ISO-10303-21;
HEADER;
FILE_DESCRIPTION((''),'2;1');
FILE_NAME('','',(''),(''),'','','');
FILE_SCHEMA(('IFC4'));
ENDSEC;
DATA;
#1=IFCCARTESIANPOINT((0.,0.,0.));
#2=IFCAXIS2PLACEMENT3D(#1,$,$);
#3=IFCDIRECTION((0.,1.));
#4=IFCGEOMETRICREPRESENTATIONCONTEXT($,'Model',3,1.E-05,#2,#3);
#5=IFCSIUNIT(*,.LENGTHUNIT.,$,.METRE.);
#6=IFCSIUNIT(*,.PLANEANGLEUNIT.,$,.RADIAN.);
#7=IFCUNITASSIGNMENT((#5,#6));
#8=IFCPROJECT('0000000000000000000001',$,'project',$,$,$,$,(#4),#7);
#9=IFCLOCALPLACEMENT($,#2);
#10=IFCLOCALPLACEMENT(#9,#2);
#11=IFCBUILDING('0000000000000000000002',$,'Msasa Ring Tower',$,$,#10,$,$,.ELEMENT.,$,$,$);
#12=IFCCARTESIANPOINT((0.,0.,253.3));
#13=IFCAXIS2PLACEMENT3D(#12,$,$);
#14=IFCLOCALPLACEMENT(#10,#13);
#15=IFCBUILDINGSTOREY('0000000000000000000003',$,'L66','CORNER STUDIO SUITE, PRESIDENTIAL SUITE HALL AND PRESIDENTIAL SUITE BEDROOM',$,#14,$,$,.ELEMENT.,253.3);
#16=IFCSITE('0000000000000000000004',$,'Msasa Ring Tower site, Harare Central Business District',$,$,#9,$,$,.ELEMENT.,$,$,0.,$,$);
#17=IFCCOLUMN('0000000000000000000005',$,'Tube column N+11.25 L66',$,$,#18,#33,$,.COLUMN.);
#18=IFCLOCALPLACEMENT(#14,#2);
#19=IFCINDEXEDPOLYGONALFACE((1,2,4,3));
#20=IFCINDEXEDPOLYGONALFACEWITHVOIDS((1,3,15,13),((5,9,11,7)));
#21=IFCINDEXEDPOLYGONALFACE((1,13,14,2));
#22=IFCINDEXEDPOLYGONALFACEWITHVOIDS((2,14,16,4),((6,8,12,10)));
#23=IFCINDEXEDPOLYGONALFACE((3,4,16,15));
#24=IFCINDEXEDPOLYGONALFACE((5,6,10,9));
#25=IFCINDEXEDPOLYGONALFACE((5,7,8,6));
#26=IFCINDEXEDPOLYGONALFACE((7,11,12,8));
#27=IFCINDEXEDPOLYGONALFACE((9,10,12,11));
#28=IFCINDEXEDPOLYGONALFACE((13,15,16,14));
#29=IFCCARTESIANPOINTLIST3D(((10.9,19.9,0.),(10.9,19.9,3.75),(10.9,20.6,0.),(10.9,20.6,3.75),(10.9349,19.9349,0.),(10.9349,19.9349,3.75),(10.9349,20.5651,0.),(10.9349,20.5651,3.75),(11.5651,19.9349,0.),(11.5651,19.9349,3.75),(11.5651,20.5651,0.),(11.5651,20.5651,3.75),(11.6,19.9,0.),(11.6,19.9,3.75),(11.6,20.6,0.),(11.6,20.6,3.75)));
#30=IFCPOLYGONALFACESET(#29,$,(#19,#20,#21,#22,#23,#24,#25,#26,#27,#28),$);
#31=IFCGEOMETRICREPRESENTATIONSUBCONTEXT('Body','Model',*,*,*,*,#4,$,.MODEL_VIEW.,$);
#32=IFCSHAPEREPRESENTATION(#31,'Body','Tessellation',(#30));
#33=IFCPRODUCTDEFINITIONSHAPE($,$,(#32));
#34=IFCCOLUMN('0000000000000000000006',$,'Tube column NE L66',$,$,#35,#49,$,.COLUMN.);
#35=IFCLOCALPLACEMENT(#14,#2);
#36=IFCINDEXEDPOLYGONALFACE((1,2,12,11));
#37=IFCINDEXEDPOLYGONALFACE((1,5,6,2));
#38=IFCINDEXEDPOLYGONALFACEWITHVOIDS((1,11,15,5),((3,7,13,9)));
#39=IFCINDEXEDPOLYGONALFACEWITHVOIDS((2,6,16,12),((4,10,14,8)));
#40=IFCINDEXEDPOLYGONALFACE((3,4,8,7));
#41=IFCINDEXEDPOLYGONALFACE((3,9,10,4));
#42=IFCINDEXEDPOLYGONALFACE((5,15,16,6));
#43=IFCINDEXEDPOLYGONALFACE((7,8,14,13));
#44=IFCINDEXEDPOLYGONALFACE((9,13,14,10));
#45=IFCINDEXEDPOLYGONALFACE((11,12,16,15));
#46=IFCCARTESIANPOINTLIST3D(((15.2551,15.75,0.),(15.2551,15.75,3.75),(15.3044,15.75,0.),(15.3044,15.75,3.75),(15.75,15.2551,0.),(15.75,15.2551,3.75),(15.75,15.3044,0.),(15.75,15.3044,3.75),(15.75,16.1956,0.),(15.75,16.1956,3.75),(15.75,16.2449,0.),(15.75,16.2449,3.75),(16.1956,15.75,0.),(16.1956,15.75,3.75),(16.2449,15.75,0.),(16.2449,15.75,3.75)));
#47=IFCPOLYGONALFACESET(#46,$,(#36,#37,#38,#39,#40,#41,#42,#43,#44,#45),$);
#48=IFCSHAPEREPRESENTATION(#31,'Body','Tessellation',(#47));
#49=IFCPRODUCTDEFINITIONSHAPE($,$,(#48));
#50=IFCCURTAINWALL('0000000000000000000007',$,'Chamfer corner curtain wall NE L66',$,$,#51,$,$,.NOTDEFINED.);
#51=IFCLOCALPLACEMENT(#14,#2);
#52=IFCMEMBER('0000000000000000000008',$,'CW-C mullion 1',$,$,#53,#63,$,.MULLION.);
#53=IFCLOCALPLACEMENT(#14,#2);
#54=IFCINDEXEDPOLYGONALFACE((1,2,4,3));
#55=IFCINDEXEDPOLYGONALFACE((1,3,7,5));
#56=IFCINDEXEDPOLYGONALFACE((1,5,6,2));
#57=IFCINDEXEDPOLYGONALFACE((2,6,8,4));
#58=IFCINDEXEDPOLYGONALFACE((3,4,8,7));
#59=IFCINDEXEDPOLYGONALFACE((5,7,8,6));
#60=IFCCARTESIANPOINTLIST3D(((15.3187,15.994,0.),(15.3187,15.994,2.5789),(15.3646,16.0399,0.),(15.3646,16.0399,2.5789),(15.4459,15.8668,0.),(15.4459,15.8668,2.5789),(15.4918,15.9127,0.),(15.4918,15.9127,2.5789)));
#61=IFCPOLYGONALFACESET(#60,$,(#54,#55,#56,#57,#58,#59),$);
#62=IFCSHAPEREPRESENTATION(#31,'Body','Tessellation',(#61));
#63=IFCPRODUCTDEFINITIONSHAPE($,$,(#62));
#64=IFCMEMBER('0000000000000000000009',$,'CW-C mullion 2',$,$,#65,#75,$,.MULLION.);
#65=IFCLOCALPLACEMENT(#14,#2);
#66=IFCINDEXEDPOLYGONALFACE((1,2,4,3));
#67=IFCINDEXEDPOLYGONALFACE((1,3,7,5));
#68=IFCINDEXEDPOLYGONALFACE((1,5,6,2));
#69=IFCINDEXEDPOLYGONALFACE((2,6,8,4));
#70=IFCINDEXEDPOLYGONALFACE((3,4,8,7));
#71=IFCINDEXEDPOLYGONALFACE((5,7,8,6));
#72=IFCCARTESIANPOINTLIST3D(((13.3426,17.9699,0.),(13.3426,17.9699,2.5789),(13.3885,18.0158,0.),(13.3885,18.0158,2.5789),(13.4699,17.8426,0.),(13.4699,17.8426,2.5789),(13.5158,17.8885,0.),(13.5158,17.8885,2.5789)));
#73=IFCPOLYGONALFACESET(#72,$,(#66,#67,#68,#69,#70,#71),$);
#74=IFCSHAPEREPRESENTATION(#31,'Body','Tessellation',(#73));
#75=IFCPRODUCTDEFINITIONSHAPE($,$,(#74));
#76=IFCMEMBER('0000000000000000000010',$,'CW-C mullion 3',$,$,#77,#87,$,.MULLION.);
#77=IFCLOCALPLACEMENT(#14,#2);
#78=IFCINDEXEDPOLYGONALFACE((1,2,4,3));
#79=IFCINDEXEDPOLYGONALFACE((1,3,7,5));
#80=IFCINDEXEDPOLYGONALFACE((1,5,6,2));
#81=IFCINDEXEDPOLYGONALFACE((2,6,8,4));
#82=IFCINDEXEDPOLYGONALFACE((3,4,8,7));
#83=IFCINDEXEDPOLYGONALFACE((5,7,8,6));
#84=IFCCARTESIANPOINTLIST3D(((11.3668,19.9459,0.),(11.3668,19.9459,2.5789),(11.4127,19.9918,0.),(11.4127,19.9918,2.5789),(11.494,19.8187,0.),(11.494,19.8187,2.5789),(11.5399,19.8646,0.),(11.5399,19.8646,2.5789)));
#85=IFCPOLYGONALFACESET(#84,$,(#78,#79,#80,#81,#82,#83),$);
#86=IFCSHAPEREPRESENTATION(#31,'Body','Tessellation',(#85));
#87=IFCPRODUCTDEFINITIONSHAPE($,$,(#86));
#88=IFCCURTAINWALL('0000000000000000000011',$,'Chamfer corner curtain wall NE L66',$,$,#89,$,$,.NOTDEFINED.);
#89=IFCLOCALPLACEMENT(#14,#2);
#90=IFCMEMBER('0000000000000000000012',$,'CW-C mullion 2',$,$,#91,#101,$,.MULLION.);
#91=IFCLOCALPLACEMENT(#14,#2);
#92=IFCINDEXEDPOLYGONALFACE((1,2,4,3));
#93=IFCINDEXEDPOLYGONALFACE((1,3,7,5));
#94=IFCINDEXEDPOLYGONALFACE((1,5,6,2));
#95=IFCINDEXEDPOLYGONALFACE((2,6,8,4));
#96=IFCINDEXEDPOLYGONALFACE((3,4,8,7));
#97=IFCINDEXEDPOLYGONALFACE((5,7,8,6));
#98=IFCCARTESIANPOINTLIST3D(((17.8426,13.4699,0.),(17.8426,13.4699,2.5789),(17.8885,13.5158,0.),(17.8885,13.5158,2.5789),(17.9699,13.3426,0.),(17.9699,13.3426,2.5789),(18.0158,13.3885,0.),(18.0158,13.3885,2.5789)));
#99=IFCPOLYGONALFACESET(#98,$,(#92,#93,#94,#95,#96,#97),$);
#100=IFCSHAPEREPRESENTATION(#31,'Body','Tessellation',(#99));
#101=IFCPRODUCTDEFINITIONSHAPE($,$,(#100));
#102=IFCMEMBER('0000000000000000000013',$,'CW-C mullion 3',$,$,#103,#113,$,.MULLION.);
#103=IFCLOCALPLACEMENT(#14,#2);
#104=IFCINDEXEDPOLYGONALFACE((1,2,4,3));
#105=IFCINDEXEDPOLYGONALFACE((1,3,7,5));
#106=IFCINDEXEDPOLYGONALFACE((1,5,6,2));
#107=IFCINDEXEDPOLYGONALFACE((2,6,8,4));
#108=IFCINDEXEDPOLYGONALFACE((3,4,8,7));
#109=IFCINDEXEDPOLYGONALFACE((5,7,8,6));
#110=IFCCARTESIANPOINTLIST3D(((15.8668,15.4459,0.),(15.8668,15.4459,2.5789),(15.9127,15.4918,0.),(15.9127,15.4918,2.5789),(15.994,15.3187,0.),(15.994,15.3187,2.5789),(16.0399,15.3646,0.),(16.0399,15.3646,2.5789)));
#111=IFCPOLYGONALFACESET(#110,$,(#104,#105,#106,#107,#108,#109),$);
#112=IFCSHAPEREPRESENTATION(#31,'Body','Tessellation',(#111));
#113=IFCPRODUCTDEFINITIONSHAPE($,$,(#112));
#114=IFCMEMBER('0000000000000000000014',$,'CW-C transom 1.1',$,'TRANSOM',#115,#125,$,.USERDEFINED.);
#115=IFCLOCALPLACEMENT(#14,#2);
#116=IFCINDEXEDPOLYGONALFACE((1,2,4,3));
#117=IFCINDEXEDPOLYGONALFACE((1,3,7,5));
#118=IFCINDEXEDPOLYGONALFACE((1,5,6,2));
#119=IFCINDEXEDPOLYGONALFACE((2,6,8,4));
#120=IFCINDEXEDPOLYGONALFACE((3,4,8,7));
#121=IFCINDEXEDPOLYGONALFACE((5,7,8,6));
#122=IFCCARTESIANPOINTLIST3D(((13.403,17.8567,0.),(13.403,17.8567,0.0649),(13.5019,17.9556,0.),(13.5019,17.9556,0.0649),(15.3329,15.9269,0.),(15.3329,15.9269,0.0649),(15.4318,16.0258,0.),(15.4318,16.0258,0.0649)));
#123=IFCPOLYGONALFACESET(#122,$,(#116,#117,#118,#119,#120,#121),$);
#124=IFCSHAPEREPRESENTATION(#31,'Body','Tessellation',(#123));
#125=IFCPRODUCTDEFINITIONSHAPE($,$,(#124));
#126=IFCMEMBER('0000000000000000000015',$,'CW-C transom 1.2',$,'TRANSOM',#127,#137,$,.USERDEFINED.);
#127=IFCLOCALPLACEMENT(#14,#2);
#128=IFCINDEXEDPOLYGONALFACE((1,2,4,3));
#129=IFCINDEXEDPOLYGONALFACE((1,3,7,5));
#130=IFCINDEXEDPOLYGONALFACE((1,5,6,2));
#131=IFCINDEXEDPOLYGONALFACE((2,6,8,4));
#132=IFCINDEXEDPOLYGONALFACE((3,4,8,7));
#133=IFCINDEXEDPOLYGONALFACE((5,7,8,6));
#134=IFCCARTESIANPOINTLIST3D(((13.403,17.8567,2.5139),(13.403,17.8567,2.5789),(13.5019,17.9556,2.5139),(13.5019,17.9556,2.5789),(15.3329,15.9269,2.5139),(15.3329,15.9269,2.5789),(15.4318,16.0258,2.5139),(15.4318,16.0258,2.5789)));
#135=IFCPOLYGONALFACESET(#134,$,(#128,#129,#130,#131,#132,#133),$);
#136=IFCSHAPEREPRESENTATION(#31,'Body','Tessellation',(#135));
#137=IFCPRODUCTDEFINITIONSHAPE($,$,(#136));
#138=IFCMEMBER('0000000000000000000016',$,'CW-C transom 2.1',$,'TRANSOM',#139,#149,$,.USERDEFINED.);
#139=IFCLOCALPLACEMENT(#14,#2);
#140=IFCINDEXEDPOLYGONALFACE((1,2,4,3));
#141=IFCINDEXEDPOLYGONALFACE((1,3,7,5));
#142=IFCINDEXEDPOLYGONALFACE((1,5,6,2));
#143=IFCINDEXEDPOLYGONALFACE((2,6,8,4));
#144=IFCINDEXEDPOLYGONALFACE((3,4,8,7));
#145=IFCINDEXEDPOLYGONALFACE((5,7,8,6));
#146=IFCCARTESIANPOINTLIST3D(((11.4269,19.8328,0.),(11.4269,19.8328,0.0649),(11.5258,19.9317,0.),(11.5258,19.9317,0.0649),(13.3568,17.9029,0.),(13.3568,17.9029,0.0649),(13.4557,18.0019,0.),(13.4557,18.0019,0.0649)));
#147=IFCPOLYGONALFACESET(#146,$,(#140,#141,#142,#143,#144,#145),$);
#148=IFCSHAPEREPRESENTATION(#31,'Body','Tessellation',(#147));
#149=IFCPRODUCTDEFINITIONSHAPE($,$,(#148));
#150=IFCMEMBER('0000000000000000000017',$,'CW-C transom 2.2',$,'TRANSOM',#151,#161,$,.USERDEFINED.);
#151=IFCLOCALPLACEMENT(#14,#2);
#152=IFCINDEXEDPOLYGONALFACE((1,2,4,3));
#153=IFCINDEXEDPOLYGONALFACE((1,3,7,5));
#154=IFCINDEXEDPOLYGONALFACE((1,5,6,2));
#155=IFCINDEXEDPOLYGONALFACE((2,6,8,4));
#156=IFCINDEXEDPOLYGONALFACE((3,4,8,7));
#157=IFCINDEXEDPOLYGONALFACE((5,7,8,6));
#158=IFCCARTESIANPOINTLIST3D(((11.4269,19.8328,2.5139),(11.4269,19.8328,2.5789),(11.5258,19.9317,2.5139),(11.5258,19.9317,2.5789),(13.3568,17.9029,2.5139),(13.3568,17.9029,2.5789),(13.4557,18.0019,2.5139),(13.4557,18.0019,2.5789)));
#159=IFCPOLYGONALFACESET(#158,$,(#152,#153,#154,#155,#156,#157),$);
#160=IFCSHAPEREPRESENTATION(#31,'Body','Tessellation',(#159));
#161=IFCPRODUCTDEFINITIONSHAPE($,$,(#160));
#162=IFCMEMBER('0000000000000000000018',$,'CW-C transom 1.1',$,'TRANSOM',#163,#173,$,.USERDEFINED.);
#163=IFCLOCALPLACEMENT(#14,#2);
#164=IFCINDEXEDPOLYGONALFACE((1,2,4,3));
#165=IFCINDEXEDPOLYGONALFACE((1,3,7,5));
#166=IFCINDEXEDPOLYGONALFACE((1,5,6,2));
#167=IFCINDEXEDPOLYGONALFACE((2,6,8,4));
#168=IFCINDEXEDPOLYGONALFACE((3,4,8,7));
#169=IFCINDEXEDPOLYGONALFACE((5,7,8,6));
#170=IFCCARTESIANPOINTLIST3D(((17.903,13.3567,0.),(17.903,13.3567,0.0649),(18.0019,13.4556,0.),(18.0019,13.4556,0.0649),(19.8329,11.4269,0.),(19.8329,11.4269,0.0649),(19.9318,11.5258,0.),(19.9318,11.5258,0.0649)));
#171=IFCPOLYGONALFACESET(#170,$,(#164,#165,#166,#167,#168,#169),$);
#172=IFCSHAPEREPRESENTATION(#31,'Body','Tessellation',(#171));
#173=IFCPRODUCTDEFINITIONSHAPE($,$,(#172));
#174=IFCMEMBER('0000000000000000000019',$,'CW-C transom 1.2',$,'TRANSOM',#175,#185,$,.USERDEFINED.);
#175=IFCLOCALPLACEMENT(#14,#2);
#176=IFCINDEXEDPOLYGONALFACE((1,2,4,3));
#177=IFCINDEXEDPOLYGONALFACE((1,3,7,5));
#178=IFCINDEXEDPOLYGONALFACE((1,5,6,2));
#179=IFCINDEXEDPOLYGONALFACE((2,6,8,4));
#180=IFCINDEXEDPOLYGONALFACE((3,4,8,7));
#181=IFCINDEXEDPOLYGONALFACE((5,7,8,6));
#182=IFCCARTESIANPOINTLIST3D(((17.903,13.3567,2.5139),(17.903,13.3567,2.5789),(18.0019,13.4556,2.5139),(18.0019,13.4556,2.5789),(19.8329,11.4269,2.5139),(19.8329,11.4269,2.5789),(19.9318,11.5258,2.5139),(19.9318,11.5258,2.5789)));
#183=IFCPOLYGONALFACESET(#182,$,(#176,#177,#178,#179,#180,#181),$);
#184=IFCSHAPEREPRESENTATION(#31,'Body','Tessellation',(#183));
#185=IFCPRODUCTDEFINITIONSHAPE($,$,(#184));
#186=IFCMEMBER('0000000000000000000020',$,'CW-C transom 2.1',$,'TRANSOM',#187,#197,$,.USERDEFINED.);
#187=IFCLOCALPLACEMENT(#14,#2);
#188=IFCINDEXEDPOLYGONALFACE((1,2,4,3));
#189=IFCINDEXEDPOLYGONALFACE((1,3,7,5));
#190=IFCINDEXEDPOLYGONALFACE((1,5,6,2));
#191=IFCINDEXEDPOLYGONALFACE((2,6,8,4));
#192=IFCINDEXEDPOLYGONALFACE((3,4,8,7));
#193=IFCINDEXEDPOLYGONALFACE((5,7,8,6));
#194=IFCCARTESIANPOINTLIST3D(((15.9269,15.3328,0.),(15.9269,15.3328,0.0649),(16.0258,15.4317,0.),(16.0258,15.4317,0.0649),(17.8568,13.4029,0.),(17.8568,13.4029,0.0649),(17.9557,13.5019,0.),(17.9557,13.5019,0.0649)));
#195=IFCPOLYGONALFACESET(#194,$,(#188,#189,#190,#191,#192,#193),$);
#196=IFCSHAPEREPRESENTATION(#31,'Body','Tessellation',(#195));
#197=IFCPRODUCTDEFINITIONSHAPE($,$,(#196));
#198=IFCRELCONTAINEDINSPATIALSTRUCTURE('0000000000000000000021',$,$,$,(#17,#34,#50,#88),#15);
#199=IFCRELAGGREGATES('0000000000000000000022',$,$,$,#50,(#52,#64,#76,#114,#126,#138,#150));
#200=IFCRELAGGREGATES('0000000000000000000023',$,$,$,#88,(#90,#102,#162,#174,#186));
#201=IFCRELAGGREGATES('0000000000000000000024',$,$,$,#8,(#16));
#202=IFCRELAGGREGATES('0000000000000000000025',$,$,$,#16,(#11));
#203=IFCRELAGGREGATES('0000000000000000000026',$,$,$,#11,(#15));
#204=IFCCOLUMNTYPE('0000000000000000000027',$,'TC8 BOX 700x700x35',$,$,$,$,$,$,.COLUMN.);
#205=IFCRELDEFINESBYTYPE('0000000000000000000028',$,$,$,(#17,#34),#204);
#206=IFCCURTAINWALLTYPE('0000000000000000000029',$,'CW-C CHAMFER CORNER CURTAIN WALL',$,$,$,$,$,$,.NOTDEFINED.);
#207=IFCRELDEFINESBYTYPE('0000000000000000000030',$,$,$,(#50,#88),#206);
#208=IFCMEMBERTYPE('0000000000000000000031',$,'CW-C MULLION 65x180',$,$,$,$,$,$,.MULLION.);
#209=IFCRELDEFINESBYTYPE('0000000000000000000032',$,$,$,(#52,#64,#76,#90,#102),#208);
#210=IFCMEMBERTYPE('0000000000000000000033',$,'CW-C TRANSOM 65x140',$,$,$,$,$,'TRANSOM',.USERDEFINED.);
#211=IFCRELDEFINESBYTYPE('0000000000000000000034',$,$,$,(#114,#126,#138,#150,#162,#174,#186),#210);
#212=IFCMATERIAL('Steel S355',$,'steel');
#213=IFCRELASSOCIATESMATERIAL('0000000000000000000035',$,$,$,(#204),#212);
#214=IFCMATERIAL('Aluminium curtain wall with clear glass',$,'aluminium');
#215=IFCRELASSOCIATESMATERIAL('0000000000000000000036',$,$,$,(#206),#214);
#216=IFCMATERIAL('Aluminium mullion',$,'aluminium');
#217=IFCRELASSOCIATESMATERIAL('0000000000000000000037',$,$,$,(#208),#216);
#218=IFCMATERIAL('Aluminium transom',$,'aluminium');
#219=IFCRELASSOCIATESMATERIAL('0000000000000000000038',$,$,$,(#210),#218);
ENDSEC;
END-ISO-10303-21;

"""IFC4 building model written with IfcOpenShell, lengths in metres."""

from ifc_helpers import new_model, si_unit, direction, frame, origin, origin_2d, place, context, subcontext, project, spatial, rectangle, hollow_rectangle, extrude, material, material_profile, profile_set, type_object, element, aggregate, save


model = new_model("IFC4")

# Units and contexts
model_context = context("Model", 3, precision=1e-05, world=origin(), true_north=direction((0.0, 1.0)))
body_context = subcontext(model_context, "Body", "Model", "MODEL_VIEW")
ifc_project = project(units=[si_unit("LENGTHUNIT", "METRE"), si_unit("PLANEANGLEUNIT", "RADIAN")], contexts=[model_context])

# Site, building, storey
site_placement = place(None, origin())
site = spatial("IfcSite", under=ifc_project, at=site_placement, Name="Msasa Ring Tower site, Harare Central Business District", CompositionType="ELEMENT", RefElevation=0.0)
building_placement = place(site_placement, origin())
building = spatial("IfcBuilding", under=site, at=building_placement, Name="Msasa Ring Tower", CompositionType="ELEMENT")
storey_placement = place(building_placement, frame((0.0, 0.0, 253.3)))
storey = spatial("IfcBuildingStorey", under=building, at=storey_placement, Name="L66", Description="CORNER STUDIO SUITE, PRESIDENTIAL SUITE HALL AND PRESIDENTIAL SUITE BEDROOM", CompositionType="ELEMENT", Elevation=253.3)

# Columns
ifc_material_1 = material(Name="Steel S355", Category="steel")
ifc_material_profile_1 = material_profile(ifc_material_1, hollow_rectangle(XDim=0.7, YDim=0.7, WallThickness=0.0349, at=origin_2d()), Name="BOX 700x700x35")
ifc_profile_set_1 = profile_set([ifc_material_profile_1], Name="Steel S355")
column_type = type_object("IfcColumnType", Name="TC8 BOX 700x700x35", PredefinedType="COLUMN", material=ifc_profile_set_1)
for number, where, z_axis, x_axis, name in (
    (1, (11.25, 20.25, 0.0), (0.0, 0.0, 1.0), (0.0, 1.0, 0.0), "Tube column N+11.25 L66"),
    (2, (15.75, 15.75, 0.0), (0.0, 0.0, 1.0), (0.707107, 0.707107, 0.0), "Tube column NE L66"),
):
    element("IfcColumn", number, at=place(storey_placement, frame(where, z_axis=z_axis, x_axis=x_axis)), inside=storey, type_object=column_type, Name=name, PredefinedType="COLUMN", context=body_context, shape_type="SweptSolid", body=[
        extrude(hollow_rectangle(XDim=0.7, YDim=0.7, WallThickness=0.0349, at=origin_2d()), origin(), (0.0, 0.0, 1.0), 3.75),
    ])

# Curtain walls, members
ifc_material_2 = material(Name="Aluminium curtain wall with clear glass", Category="aluminium")
curtain_wall_type = type_object("IfcCurtainWallType", Name="CW-C CHAMFER CORNER CURTAIN WALL", PredefinedType="NOTDEFINED", material=ifc_material_2)
curtain_wall_1_placement = place(storey_placement, origin())
curtain_wall_1 = element("IfcCurtainWall", 3, at=curtain_wall_1_placement, inside=storey, type_object=curtain_wall_type, Name="Chamfer corner curtain wall NE L66", PredefinedType="NOTDEFINED")
ifc_material_3 = material(Name="Aluminium mullion", Category="aluminium")
ifc_material_profile_2 = material_profile(ifc_material_3, rectangle(XDim=0.0649, YDim=0.1799, at=origin_2d()), Name="AL 65x180")
ifc_profile_set_2 = profile_set([ifc_material_profile_2], Name="Aluminium mullion")
member_type_1 = type_object("IfcMemberType", Name="CW-C MULLION 65x180", PredefinedType="MULLION", material=ifc_profile_set_2)
member_1_placement = place(storey_placement, frame((15.4053, 15.9534, 0.0), z_axis=(0.0, 0.0, 1.0), x_axis=(-0.707107, -0.707107, 0.0)))
member_1 = element("IfcMember", 4, at=member_1_placement, type_object=member_type_1, Name="CW-C mullion 1", PredefinedType="MULLION", context=body_context, shape_type="SweptSolid", body=[
    extrude(rectangle(XDim=0.0649, YDim=0.1799, at=origin_2d()), origin(), (0.0, 0.0, 1.0), 2.5789),
])
member_2_placement = place(storey_placement, frame((13.4292, 17.9292, 0.0), z_axis=(0.0, 0.0, 1.0), x_axis=(-0.707107, -0.707107, 0.0)))
member_2 = element("IfcMember", 5, at=member_2_placement, type_object=member_type_1, Name="CW-C mullion 2", PredefinedType="MULLION", context=body_context, shape_type="SweptSolid", body=[
    extrude(rectangle(XDim=0.0649, YDim=0.1799, at=origin_2d()), origin(), (0.0, 0.0, 1.0), 2.5789),
])
member_3_placement = place(storey_placement, frame((11.4534, 19.9053, 0.0), z_axis=(0.0, 0.0, 1.0), x_axis=(-0.707107, -0.707107, 0.0)))
member_3 = element("IfcMember", 6, at=member_3_placement, type_object=member_type_1, Name="CW-C mullion 3", PredefinedType="MULLION", context=body_context, shape_type="SweptSolid", body=[
    extrude(rectangle(XDim=0.0649, YDim=0.1799, at=origin_2d()), origin(), (0.0, 0.0, 1.0), 2.5789),
])
curtain_wall_2_placement = place(storey_placement, origin())
curtain_wall_2 = element("IfcCurtainWall", 7, at=curtain_wall_2_placement, inside=storey, type_object=curtain_wall_type, Name="Chamfer corner curtain wall NE L66", PredefinedType="NOTDEFINED")
member_4_placement = place(storey_placement, frame((17.9292, 13.4292, 0.0), z_axis=(0.0, 0.0, 1.0), x_axis=(-0.707107, -0.707107, 0.0)))
member_4 = element("IfcMember", 8, at=member_4_placement, type_object=member_type_1, Name="CW-C mullion 2", PredefinedType="MULLION", context=body_context, shape_type="SweptSolid", body=[
    extrude(rectangle(XDim=0.0649, YDim=0.1799, at=origin_2d()), origin(), (0.0, 0.0, 1.0), 2.5789),
])
member_5_placement = place(storey_placement, frame((15.9534, 15.4053, 0.0), z_axis=(0.0, 0.0, 1.0), x_axis=(-0.707107, -0.707107, 0.0)))
member_5 = element("IfcMember", 9, at=member_5_placement, type_object=member_type_1, Name="CW-C mullion 3", PredefinedType="MULLION", context=body_context, shape_type="SweptSolid", body=[
    extrude(rectangle(XDim=0.0649, YDim=0.1799, at=origin_2d()), origin(), (0.0, 0.0, 1.0), 2.5789),
])

# Members
ifc_material_4 = material(Name="Aluminium transom", Category="aluminium")
ifc_material_profile_3 = material_profile(ifc_material_4, rectangle(XDim=0.1399, YDim=0.0649, at=origin_2d()), Name="AL 65x140")
ifc_profile_set_3 = profile_set([ifc_material_profile_3], Name="Aluminium transom")
member_type_2 = type_object("IfcMemberType", Name="CW-C TRANSOM 65x140", ElementType="TRANSOM", PredefinedType="USERDEFINED", material=ifc_profile_set_3)
member_6_placement = place(storey_placement, frame((15.3823, 15.9763, 0.0325), z_axis=(-0.707107, 0.707107, 0.0), x_axis=(-0.707107, -0.707107, 0.0)))
member_6 = element("IfcMember", 10, at=member_6_placement, type_object=member_type_2, Name="CW-C transom 1.1", ObjectType="TRANSOM", PredefinedType="USERDEFINED", context=body_context, shape_type="SweptSolid", body=[
    extrude(rectangle(XDim=0.1399, YDim=0.0649, at=origin_2d()), origin(), (0.0, 0.0, 1.0), 2.7292),
])
member_7_placement = place(storey_placement, frame((15.3823, 15.9763, 2.5464), z_axis=(-0.707107, 0.707107, 0.0), x_axis=(-0.707107, -0.707107, 0.0)))
member_7 = element("IfcMember", 11, at=member_7_placement, type_object=member_type_2, Name="CW-C transom 1.2", ObjectType="TRANSOM", PredefinedType="USERDEFINED", context=body_context, shape_type="SweptSolid", body=[
    extrude(rectangle(XDim=0.1399, YDim=0.0649, at=origin_2d()), origin(), (0.0, 0.0, 1.0), 2.7292),
])
member_8_placement = place(storey_placement, frame((13.4062, 17.9524, 0.0325), z_axis=(-0.707107, 0.707107, 0.0), x_axis=(-0.707107, -0.707107, 0.0)))
member_8 = element("IfcMember", 12, at=member_8_placement, type_object=member_type_2, Name="CW-C transom 2.1", ObjectType="TRANSOM", PredefinedType="USERDEFINED", context=body_context, shape_type="SweptSolid", body=[
    extrude(rectangle(XDim=0.1399, YDim=0.0649, at=origin_2d()), origin(), (0.0, 0.0, 1.0), 2.7292),
])
member_9_placement = place(storey_placement, frame((13.4062, 17.9524, 2.5464), z_axis=(-0.707107, 0.707107, 0.0), x_axis=(-0.707107, -0.707107, 0.0)))
member_9 = element("IfcMember", 13, at=member_9_placement, type_object=member_type_2, Name="CW-C transom 2.2", ObjectType="TRANSOM", PredefinedType="USERDEFINED", context=body_context, shape_type="SweptSolid", body=[
    extrude(rectangle(XDim=0.1399, YDim=0.0649, at=origin_2d()), origin(), (0.0, 0.0, 1.0), 2.7292),
])
member_10_placement = place(storey_placement, frame((19.8823, 11.4763, 0.0325), z_axis=(-0.707107, 0.707107, 0.0), x_axis=(-0.707107, -0.707107, 0.0)))
member_10 = element("IfcMember", 14, at=member_10_placement, type_object=member_type_2, Name="CW-C transom 1.1", ObjectType="TRANSOM", PredefinedType="USERDEFINED", context=body_context, shape_type="SweptSolid", body=[
    extrude(rectangle(XDim=0.1399, YDim=0.0649, at=origin_2d()), origin(), (0.0, 0.0, 1.0), 2.7292),
])
member_11_placement = place(storey_placement, frame((19.8823, 11.4763, 2.5464), z_axis=(-0.707107, 0.707107, 0.0), x_axis=(-0.707107, -0.707107, 0.0)))
member_11 = element("IfcMember", 15, at=member_11_placement, type_object=member_type_2, Name="CW-C transom 1.2", ObjectType="TRANSOM", PredefinedType="USERDEFINED", context=body_context, shape_type="SweptSolid", body=[
    extrude(rectangle(XDim=0.1399, YDim=0.0649, at=origin_2d()), origin(), (0.0, 0.0, 1.0), 2.7292),
])
member_12_placement = place(storey_placement, frame((17.9062, 13.4524, 0.0325), z_axis=(-0.707107, 0.707107, 0.0), x_axis=(-0.707107, -0.707107, 0.0)))
member_12 = element("IfcMember", 16, at=member_12_placement, type_object=member_type_2, Name="CW-C transom 2.1", ObjectType="TRANSOM", PredefinedType="USERDEFINED", context=body_context, shape_type="SweptSolid", body=[
    extrude(rectangle(XDim=0.1399, YDim=0.0649, at=origin_2d()), origin(), (0.0, 0.0, 1.0), 2.7292),
])

aggregate(curtain_wall_1, [member_1, member_2, member_3, member_6, member_7, member_8, member_9])
aggregate(curtain_wall_2, [member_4, member_5, member_10, member_11, member_12])

save(model, "model.ifc")
